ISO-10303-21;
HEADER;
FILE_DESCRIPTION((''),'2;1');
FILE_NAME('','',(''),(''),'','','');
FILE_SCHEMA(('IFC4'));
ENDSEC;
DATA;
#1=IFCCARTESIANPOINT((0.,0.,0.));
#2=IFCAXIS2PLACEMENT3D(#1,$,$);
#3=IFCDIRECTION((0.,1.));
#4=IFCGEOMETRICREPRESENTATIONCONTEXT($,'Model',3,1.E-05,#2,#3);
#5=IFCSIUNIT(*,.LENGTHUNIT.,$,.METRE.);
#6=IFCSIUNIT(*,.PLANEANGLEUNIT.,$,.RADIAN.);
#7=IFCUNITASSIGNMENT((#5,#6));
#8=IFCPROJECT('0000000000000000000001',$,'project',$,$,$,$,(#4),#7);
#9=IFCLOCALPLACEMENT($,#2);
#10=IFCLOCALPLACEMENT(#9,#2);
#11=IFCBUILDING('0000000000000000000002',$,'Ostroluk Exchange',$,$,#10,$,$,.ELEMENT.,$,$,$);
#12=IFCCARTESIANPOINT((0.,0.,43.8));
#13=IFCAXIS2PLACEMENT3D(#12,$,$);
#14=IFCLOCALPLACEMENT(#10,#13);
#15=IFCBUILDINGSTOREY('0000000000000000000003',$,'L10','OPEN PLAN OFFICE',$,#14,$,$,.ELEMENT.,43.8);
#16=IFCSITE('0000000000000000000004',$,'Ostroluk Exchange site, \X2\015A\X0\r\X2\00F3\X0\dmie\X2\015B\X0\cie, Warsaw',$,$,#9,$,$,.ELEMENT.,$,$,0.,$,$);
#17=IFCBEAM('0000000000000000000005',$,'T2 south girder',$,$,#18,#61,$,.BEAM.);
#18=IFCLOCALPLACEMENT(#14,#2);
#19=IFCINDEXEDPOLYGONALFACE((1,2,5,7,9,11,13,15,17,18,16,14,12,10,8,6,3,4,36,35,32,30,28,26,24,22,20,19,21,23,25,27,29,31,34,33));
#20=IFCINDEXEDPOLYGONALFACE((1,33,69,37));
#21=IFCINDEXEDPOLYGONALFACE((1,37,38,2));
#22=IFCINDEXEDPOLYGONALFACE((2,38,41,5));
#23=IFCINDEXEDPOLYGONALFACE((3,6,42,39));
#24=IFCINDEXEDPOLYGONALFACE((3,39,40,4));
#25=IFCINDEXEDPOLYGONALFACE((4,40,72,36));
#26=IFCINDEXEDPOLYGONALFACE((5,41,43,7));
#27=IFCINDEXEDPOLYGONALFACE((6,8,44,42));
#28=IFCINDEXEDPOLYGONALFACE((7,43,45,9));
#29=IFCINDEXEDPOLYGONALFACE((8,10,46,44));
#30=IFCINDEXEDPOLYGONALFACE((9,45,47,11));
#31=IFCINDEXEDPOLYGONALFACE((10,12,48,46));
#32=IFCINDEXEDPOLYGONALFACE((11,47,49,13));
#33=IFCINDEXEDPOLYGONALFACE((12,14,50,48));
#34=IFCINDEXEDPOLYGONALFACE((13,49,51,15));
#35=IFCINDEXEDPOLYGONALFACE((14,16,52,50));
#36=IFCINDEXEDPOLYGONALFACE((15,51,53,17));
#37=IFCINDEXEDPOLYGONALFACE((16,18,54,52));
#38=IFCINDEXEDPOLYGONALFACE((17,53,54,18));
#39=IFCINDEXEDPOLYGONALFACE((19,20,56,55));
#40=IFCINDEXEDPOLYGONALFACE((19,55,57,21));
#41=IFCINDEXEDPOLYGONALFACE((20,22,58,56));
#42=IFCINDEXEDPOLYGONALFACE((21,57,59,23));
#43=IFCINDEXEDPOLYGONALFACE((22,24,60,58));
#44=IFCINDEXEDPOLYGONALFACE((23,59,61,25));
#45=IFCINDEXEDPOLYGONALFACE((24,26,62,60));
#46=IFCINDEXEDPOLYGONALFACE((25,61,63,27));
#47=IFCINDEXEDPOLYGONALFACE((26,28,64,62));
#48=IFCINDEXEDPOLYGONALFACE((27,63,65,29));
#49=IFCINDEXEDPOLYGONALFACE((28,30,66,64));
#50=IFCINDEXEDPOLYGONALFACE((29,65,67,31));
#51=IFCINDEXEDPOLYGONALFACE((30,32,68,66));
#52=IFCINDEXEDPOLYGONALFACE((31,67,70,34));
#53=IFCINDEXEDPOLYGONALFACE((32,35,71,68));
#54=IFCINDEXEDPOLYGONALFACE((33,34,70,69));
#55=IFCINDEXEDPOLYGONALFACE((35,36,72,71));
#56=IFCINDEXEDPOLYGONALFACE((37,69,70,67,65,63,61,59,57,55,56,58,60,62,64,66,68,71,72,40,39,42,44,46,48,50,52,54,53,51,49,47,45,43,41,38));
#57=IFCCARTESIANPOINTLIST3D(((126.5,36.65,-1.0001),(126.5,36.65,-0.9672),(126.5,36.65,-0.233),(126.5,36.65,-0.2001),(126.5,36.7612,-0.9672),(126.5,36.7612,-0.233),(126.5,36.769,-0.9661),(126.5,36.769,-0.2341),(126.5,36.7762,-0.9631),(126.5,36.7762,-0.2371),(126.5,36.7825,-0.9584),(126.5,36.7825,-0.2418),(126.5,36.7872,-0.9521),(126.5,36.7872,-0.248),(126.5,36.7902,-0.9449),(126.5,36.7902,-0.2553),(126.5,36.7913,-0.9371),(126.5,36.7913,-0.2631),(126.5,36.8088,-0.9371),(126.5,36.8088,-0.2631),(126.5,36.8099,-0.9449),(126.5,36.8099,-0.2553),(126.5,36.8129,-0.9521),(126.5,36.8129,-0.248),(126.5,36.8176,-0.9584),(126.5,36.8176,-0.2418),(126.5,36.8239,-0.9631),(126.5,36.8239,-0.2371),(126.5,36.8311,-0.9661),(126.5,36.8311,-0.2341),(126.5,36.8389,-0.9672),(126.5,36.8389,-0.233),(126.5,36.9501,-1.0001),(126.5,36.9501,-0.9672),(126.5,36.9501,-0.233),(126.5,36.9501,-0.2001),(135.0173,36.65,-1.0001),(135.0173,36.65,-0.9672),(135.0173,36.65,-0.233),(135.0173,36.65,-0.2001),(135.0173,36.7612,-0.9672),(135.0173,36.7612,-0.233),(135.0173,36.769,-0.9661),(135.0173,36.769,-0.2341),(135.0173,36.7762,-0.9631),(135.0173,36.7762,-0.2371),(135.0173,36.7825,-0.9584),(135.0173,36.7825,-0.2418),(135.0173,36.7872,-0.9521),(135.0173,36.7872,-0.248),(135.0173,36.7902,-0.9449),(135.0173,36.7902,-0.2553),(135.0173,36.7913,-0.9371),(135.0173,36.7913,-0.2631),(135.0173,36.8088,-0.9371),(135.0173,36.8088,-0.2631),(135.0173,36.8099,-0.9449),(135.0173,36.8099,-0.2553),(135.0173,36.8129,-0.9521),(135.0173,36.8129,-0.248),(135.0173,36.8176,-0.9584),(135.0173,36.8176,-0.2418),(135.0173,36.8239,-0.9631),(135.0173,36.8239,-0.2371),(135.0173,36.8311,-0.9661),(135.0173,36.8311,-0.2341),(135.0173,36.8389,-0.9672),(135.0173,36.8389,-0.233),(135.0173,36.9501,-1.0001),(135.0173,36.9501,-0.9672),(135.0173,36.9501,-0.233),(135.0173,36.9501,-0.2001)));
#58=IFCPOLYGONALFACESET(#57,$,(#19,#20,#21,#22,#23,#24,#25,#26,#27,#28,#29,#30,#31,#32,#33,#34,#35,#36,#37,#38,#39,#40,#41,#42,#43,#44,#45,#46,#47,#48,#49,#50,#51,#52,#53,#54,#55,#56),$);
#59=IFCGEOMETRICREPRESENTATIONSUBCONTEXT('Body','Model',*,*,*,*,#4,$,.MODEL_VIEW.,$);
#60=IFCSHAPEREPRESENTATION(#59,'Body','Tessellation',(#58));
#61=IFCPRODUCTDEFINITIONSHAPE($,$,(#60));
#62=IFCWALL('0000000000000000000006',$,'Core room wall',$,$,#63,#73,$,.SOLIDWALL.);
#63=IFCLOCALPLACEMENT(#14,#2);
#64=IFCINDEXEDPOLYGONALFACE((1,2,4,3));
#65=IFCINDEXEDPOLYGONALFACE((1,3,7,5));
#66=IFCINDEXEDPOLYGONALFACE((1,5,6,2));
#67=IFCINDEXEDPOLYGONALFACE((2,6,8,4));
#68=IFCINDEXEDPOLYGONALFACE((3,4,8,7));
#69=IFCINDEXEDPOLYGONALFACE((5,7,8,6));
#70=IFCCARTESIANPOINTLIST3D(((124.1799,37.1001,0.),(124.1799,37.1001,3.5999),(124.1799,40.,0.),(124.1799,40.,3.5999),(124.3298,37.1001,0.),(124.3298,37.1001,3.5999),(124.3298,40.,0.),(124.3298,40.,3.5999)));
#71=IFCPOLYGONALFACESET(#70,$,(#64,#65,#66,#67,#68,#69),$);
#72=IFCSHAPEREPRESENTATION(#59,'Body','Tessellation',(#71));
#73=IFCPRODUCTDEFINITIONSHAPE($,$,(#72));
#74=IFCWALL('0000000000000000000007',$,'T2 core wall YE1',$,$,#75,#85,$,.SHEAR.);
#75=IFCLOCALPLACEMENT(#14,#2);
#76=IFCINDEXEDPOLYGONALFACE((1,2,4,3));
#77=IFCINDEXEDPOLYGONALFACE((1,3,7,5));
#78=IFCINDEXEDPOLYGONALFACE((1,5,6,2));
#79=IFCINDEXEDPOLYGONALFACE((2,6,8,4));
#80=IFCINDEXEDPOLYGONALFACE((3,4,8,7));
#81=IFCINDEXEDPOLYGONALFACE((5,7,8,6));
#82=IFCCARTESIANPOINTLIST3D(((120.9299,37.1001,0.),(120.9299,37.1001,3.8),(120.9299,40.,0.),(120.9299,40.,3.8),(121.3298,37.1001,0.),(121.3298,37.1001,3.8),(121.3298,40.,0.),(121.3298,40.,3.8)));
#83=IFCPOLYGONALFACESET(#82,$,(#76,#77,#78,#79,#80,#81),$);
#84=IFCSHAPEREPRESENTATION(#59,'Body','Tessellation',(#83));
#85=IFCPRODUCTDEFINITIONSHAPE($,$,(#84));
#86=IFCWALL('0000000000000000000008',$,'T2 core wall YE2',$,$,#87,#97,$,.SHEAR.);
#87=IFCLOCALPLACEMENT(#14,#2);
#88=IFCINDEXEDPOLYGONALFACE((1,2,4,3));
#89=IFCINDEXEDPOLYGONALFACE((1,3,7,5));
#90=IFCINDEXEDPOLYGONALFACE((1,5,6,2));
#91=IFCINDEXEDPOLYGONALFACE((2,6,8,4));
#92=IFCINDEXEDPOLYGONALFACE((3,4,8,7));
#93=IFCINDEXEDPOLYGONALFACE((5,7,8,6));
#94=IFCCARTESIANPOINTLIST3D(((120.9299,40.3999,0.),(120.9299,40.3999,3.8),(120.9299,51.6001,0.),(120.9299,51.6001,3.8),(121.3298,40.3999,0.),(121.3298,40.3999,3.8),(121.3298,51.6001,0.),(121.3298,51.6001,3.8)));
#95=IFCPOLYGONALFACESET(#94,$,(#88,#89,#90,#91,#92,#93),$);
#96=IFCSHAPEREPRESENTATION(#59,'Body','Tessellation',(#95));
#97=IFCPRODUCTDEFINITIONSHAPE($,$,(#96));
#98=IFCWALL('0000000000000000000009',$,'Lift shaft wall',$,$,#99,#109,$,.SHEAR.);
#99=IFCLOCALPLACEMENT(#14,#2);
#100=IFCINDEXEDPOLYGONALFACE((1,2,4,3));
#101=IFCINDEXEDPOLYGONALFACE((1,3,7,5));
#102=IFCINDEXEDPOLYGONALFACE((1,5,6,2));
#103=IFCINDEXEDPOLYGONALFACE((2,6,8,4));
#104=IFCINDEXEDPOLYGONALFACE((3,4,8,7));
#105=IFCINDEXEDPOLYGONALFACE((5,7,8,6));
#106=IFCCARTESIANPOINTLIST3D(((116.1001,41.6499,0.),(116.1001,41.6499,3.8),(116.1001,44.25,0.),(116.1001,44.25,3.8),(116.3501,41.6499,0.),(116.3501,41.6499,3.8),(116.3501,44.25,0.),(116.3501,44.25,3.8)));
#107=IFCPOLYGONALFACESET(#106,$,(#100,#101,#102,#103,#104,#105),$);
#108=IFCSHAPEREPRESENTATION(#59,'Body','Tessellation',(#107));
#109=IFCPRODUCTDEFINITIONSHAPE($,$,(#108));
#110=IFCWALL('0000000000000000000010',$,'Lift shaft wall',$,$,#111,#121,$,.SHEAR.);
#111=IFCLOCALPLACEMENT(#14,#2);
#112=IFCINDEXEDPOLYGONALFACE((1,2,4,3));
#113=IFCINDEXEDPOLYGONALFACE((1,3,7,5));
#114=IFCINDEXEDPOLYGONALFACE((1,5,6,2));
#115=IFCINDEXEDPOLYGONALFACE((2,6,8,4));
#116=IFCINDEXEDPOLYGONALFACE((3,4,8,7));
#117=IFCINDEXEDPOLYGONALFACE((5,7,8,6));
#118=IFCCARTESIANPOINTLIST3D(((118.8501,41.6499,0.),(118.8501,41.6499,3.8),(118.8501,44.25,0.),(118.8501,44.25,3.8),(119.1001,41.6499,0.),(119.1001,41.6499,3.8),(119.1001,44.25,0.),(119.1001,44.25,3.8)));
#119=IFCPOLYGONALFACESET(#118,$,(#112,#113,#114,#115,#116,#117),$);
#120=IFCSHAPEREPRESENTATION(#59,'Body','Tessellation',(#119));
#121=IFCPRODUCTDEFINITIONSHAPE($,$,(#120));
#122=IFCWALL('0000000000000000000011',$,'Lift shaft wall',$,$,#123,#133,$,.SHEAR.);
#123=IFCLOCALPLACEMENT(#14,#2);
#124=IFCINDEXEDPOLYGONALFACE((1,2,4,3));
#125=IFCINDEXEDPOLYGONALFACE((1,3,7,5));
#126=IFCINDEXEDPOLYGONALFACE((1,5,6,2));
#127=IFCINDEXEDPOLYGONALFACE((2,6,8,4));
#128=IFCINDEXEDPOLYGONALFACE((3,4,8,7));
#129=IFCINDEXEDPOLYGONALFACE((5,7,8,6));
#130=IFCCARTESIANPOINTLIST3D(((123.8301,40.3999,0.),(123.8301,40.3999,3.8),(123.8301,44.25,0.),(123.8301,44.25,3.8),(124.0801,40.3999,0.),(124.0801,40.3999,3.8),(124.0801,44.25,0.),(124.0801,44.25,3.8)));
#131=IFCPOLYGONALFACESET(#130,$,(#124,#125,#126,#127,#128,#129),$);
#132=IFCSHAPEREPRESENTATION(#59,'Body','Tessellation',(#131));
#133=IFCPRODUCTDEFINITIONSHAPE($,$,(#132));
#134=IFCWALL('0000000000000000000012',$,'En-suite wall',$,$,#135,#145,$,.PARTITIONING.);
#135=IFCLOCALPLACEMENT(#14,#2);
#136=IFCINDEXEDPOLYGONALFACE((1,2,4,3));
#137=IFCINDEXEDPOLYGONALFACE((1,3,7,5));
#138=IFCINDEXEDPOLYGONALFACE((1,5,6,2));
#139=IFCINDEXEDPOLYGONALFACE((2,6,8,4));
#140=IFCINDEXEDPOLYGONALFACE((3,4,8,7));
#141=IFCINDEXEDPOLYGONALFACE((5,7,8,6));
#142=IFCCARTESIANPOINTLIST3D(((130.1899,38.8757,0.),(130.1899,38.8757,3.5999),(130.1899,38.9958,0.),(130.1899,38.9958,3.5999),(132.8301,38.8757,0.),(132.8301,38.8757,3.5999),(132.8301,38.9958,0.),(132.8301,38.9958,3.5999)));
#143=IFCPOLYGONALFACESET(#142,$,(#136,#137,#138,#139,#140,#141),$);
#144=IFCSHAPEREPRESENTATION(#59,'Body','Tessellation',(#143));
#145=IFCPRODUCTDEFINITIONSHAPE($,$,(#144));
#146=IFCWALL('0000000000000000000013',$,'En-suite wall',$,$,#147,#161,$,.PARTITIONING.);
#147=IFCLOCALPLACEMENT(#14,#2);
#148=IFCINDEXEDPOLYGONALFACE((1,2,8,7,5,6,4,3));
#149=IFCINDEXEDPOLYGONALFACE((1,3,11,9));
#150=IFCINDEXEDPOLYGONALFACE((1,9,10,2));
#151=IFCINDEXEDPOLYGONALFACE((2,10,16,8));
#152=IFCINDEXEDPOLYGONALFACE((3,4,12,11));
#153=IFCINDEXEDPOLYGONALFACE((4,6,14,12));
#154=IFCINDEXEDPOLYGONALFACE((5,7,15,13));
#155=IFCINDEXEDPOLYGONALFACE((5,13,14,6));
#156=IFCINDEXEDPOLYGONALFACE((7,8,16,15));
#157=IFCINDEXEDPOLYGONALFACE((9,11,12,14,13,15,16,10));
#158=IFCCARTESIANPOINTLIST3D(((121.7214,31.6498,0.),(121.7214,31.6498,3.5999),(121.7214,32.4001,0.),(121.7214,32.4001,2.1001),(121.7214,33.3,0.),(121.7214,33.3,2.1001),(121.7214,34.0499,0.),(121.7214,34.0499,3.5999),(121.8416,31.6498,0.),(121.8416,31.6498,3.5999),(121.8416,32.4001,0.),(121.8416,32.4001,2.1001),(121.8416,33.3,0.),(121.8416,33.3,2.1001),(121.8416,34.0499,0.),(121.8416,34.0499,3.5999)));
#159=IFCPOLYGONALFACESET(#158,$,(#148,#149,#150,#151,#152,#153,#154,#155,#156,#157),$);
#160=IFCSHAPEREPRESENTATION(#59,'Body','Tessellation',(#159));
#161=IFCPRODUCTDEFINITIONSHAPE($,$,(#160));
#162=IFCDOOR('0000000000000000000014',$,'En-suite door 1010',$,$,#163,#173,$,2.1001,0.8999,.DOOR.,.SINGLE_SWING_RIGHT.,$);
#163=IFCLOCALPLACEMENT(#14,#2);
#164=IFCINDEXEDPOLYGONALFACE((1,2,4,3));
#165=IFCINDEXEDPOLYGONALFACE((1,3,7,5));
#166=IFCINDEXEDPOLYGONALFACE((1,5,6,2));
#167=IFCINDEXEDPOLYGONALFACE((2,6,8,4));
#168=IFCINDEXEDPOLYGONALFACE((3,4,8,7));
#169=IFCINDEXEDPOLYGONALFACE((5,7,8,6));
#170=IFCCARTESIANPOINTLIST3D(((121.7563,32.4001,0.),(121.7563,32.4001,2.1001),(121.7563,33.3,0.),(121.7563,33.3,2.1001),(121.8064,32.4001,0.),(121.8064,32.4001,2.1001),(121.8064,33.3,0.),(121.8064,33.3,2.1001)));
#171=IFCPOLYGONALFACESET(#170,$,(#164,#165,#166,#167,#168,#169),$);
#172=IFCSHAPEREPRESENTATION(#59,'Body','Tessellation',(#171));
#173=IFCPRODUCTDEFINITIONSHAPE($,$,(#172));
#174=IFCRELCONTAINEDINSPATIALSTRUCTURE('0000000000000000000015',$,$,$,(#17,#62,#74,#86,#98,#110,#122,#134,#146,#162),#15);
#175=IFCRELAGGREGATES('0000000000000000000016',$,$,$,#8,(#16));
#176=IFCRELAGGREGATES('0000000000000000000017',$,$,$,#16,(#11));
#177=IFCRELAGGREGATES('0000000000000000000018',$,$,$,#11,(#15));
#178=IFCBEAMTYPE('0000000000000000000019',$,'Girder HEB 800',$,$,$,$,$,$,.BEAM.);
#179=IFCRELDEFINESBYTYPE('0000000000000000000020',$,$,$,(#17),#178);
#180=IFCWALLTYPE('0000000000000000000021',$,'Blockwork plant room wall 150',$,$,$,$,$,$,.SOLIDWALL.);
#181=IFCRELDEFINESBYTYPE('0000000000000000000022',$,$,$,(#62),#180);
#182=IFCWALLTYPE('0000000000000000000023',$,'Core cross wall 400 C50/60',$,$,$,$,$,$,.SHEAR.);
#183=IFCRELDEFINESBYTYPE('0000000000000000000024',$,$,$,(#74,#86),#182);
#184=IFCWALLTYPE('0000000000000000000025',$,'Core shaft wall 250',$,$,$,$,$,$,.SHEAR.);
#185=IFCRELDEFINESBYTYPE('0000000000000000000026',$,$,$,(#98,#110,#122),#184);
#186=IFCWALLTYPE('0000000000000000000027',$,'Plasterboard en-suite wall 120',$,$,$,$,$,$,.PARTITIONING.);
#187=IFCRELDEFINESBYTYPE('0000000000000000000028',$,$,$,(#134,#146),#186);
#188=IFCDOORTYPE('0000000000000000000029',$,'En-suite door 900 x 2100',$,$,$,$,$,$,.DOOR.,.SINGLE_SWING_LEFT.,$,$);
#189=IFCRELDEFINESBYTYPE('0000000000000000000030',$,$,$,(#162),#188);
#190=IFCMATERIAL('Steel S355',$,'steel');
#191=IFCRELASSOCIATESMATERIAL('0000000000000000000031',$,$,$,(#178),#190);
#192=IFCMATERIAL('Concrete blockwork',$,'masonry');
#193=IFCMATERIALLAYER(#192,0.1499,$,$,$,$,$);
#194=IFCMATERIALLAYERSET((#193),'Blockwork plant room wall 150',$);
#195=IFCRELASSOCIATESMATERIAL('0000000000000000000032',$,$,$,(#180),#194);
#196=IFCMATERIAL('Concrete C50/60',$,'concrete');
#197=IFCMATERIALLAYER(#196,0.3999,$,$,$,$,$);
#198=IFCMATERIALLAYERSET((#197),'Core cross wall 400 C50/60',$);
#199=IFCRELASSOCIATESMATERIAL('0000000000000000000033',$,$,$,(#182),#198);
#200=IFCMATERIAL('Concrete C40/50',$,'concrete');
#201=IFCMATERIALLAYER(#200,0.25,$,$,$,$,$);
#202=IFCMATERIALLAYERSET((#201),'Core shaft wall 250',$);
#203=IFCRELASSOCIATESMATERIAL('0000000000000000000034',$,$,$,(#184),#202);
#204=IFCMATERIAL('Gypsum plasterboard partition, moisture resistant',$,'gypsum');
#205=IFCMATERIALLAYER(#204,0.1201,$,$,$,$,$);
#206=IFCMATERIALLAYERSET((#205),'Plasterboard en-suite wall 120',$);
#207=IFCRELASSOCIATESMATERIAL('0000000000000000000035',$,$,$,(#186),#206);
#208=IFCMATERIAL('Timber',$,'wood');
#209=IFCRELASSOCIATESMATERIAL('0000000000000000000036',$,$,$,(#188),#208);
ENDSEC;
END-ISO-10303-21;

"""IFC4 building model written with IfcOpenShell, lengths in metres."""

from ifc_helpers import new_model, si_unit, direction, frame, frame_2d, origin, origin_2d, place, context, subcontext, project, spatial, rectangle, i_section, extrude, material, layer, layer_set, material_profile, profile_set, type_object, element, fill, save


model = new_model("IFC4")

# Units and contexts
model_context = context("Model", 3, precision=1e-05, world=origin(), true_north=direction((0.0, 1.0)))
body_context = subcontext(model_context, "Body", "Model", "MODEL_VIEW")
ifc_project = project(units=[si_unit("LENGTHUNIT", "METRE"), si_unit("PLANEANGLEUNIT", "RADIAN")], contexts=[model_context])

# Site, building, storey
site_placement = place(None, origin())
site = spatial("IfcSite", under=ifc_project, at=site_placement, Name="Ostroluk Exchange site, Śródmieście, Warsaw", CompositionType="ELEMENT", RefElevation=0.0)
building_placement = place(site_placement, origin())
building = spatial("IfcBuilding", under=site, at=building_placement, Name="Ostroluk Exchange", CompositionType="ELEMENT")
storey_placement = place(building_placement, frame((0.0, 0.0, 43.8)))
storey = spatial("IfcBuildingStorey", under=building, at=storey_placement, Name="L10", Description="OPEN PLAN OFFICE", CompositionType="ELEMENT", Elevation=43.8)

# Beam
ifc_material_1 = material(Name="Steel S355", Category="steel")
ifc_material_profile_1 = material_profile(ifc_material_1, i_section(OverallWidth=0.3, OverallDepth=0.8, WebThickness=0.0176, FlangeThickness=0.033, FilletRadius=0.03, at=origin_2d()), Name="HEB 800")
ifc_profile_set_1 = profile_set([ifc_material_profile_1], Name="Steel S355")
beam_type_1 = type_object("IfcBeamType", Name="Girder HEB 800", PredefinedType="BEAM", material=ifc_profile_set_1)
beam_placement = place(storey_placement, frame((126.5, 36.8, -0.6001), z_axis=(1.0, 0.0, 0.0), x_axis=(0.0, 1.0, 0.0)))
element("IfcBeam", 1, at=beam_placement, inside=storey, type_object=beam_type_1, Name="T2 south girder", PredefinedType="BEAM", context=body_context, shape_type="SweptSolid", body=[
    extrude(i_section(OverallWidth=0.3, OverallDepth=0.8, WebThickness=0.0176, FlangeThickness=0.033, FilletRadius=0.03, at=origin_2d()), origin(), (0.0, 0.0, 1.0), 8.5173),
])

# Walls
ifc_material_2 = material(Name="Concrete blockwork", Category="masonry")
ifc_layer_1 = layer(ifc_material_2, 0.1499)
ifc_layer_set_1 = layer_set([ifc_layer_1], Name="Blockwork plant room wall 150")
wall_type_1 = type_object("IfcWallType", Name="Blockwork plant room wall 150", PredefinedType="SOLIDWALL", material=ifc_layer_set_1)
wall_1_placement = place(storey_placement, frame((124.2549, 37.1001, 0.0), z_axis=(0.0, 0.0, 1.0), x_axis=(0.0, 1.0, 0.0)))
element("IfcWall", 2, at=wall_1_placement, inside=storey, type_object=wall_type_1, Name="Core room wall", PredefinedType="SOLIDWALL", context=body_context, shape_type="SweptSolid", body=[
    extrude(rectangle(XDim=2.8999, YDim=0.1499, at=frame_2d((1.45, 0.0))), origin(), (0.0, 0.0, 1.0), 3.5999),
])
ifc_material_3 = material(Name="Concrete C50/60", Category="concrete")
ifc_layer_2 = layer(ifc_material_3, 0.3999)
ifc_layer_set_2 = layer_set([ifc_layer_2], Name="Core cross wall 400 C50/60")
wall_type_2 = type_object("IfcWallType", Name="Core cross wall 400 C50/60", PredefinedType="SHEAR", material=ifc_layer_set_2)
wall_2_placement = place(storey_placement, frame((121.1299, 37.1001, 0.0), z_axis=(0.0, 0.0, 1.0), x_axis=(0.0, 1.0, 0.0)))
element("IfcWall", 3, at=wall_2_placement, inside=storey, type_object=wall_type_2, Name="T2 core wall YE1", PredefinedType="SHEAR", context=body_context, shape_type="SweptSolid", body=[
    extrude(rectangle(XDim=2.8999, YDim=0.3999, at=frame_2d((1.45, 0.0))), origin(), (0.0, 0.0, 1.0), 3.8),
])
wall_3_placement = place(storey_placement, frame((121.1299, 40.3999, 0.0), z_axis=(0.0, 0.0, 1.0), x_axis=(0.0, 1.0, 0.0)))
element("IfcWall", 4, at=wall_3_placement, inside=storey, type_object=wall_type_2, Name="T2 core wall YE2", PredefinedType="SHEAR", context=body_context, shape_type="SweptSolid", body=[
    extrude(rectangle(XDim=11.2002, YDim=0.3999, at=frame_2d((5.6001, 0.0))), origin(), (0.0, 0.0, 1.0), 3.8),
])
ifc_material_4 = material(Name="Concrete C40/50", Category="concrete")
ifc_layer_3 = layer(ifc_material_4, 0.25)
ifc_layer_set_3 = layer_set([ifc_layer_3], Name="Core shaft wall 250")
wall_type_3 = type_object("IfcWallType", Name="Core shaft wall 250", PredefinedType="SHEAR", material=ifc_layer_set_3)
for number, where, z_axis, x_axis, name in (
    (5, (116.2251, 44.25, 0.0), (0.0, 0.0, 1.0), (0.0, -1.0, 0.0), "Lift shaft wall"),
    (6, (118.9751, 44.25, 0.0), (0.0, 0.0, 1.0), (0.0, -1.0, 0.0), "Lift shaft wall"),
):
    element("IfcWall", number, at=place(storey_placement, frame(where, z_axis=z_axis, x_axis=x_axis)), inside=storey, type_object=wall_type_3, Name=name, PredefinedType="SHEAR", context=body_context, shape_type="SweptSolid", body=[
        extrude(rectangle(XDim=2.6001, YDim=0.25, at=frame_2d((1.3, 0.0))), origin(), (0.0, 0.0, 1.0), 3.8),
    ])
wall_4_placement = place(storey_placement, frame((123.9551, 44.25, 0.0), z_axis=(0.0, 0.0, 1.0), x_axis=(0.0, -1.0, 0.0)))
element("IfcWall", 7, at=wall_4_placement, inside=storey, type_object=wall_type_3, Name="Lift shaft wall", PredefinedType="SHEAR", context=body_context, shape_type="SweptSolid", body=[
    extrude(rectangle(XDim=3.8501, YDim=0.25, at=frame_2d((1.925, 0.0))), origin(), (0.0, 0.0, 1.0), 3.8),
])

# Wall
ifc_material_5 = material(Name="Gypsum plasterboard partition, moisture resistant", Category="gypsum")
ifc_layer_4 = layer(ifc_material_5, 0.1201)
ifc_layer_set_4 = layer_set([ifc_layer_4], Name="Plasterboard en-suite wall 120")
wall_type_4 = type_object("IfcWallType", Name="Plasterboard en-suite wall 120", PredefinedType="PARTITIONING", material=ifc_layer_set_4)
wall_5_placement = place(storey_placement, frame((130.1899, 38.9358, 0.0), z_axis=(0.0, 0.0, 1.0), x_axis=(1.0, 0.0, 0.0)))
element("IfcWall", 8, at=wall_5_placement, inside=storey, type_object=wall_type_4, Name="En-suite wall", PredefinedType="PARTITIONING", context=body_context, shape_type="SweptSolid", body=[
    extrude(rectangle(XDim=2.6401, YDim=0.1201, at=frame_2d((1.3201, 0.0))), origin(), (0.0, 0.0, 1.0), 3.5999),
])

# Wall, opening, door
wall_6_placement = place(storey_placement, frame((121.7815, 34.05, 0.0), z_axis=(0.0, 0.0, 1.0), x_axis=(0.0, -1.0, 0.0)))
wall_6 = element("IfcWall", 9, at=wall_6_placement, inside=storey, type_object=wall_type_4, Name="En-suite wall", PredefinedType="PARTITIONING", context=body_context, shape_type="SweptSolid", body=[
    extrude(rectangle(XDim=2.4001, YDim=0.1201, at=frame_2d((1.2002, 0.0))), origin(), (0.0, 0.0, 1.0), 3.5999),
])
opening_1_placement = place(wall_6_placement, frame((0.75, 0.0, 0.0)))
opening_1 = element("IfcOpeningElement", 10, at=opening_1_placement, cuts=wall_6, PredefinedType="OPENING", context=body_context, shape_type="SweptSolid", body=[
    extrude(rectangle(XDim=0.8999, YDim=2.1001, at=frame_2d((0.45, 1.05))), frame((0.0, 0.0701, 0.0), z_axis=(0.0, -1.0, 0.0), x_axis=(1.0, 0.0, 0.0)), (0.0, 0.0, 1.0), 0.1401),
])
ifc_material_6 = material(Name="Timber", Category="wood")
door_type_1 = type_object("IfcDoorType", Name="En-suite door 900 x 2100", OperationType="SINGLE_SWING_LEFT", PredefinedType="DOOR", material=ifc_material_6)
door_1_placement = place(opening_1_placement, origin())
door_1 = element("IfcDoor", 11, at=door_1_placement, inside=storey, type_object=door_type_1, Name="En-suite door 1010", OperationType="SINGLE_SWING_RIGHT", OverallHeight=2.1001, OverallWidth=0.8999, PredefinedType="DOOR", context=body_context, shape_type="SweptSolid", body=[
    extrude(rectangle(XDim=0.8999, YDim=2.1001, at=frame_2d((0.45, 1.05))), frame((0.0, 0.0249, 0.0), z_axis=(0.0, -1.0, 0.0), x_axis=(1.0, 0.0, 0.0)), (0.0, 0.0, 1.0), 0.05),
])
fill(opening_1, door_1)

save(model, "model.ifc")
